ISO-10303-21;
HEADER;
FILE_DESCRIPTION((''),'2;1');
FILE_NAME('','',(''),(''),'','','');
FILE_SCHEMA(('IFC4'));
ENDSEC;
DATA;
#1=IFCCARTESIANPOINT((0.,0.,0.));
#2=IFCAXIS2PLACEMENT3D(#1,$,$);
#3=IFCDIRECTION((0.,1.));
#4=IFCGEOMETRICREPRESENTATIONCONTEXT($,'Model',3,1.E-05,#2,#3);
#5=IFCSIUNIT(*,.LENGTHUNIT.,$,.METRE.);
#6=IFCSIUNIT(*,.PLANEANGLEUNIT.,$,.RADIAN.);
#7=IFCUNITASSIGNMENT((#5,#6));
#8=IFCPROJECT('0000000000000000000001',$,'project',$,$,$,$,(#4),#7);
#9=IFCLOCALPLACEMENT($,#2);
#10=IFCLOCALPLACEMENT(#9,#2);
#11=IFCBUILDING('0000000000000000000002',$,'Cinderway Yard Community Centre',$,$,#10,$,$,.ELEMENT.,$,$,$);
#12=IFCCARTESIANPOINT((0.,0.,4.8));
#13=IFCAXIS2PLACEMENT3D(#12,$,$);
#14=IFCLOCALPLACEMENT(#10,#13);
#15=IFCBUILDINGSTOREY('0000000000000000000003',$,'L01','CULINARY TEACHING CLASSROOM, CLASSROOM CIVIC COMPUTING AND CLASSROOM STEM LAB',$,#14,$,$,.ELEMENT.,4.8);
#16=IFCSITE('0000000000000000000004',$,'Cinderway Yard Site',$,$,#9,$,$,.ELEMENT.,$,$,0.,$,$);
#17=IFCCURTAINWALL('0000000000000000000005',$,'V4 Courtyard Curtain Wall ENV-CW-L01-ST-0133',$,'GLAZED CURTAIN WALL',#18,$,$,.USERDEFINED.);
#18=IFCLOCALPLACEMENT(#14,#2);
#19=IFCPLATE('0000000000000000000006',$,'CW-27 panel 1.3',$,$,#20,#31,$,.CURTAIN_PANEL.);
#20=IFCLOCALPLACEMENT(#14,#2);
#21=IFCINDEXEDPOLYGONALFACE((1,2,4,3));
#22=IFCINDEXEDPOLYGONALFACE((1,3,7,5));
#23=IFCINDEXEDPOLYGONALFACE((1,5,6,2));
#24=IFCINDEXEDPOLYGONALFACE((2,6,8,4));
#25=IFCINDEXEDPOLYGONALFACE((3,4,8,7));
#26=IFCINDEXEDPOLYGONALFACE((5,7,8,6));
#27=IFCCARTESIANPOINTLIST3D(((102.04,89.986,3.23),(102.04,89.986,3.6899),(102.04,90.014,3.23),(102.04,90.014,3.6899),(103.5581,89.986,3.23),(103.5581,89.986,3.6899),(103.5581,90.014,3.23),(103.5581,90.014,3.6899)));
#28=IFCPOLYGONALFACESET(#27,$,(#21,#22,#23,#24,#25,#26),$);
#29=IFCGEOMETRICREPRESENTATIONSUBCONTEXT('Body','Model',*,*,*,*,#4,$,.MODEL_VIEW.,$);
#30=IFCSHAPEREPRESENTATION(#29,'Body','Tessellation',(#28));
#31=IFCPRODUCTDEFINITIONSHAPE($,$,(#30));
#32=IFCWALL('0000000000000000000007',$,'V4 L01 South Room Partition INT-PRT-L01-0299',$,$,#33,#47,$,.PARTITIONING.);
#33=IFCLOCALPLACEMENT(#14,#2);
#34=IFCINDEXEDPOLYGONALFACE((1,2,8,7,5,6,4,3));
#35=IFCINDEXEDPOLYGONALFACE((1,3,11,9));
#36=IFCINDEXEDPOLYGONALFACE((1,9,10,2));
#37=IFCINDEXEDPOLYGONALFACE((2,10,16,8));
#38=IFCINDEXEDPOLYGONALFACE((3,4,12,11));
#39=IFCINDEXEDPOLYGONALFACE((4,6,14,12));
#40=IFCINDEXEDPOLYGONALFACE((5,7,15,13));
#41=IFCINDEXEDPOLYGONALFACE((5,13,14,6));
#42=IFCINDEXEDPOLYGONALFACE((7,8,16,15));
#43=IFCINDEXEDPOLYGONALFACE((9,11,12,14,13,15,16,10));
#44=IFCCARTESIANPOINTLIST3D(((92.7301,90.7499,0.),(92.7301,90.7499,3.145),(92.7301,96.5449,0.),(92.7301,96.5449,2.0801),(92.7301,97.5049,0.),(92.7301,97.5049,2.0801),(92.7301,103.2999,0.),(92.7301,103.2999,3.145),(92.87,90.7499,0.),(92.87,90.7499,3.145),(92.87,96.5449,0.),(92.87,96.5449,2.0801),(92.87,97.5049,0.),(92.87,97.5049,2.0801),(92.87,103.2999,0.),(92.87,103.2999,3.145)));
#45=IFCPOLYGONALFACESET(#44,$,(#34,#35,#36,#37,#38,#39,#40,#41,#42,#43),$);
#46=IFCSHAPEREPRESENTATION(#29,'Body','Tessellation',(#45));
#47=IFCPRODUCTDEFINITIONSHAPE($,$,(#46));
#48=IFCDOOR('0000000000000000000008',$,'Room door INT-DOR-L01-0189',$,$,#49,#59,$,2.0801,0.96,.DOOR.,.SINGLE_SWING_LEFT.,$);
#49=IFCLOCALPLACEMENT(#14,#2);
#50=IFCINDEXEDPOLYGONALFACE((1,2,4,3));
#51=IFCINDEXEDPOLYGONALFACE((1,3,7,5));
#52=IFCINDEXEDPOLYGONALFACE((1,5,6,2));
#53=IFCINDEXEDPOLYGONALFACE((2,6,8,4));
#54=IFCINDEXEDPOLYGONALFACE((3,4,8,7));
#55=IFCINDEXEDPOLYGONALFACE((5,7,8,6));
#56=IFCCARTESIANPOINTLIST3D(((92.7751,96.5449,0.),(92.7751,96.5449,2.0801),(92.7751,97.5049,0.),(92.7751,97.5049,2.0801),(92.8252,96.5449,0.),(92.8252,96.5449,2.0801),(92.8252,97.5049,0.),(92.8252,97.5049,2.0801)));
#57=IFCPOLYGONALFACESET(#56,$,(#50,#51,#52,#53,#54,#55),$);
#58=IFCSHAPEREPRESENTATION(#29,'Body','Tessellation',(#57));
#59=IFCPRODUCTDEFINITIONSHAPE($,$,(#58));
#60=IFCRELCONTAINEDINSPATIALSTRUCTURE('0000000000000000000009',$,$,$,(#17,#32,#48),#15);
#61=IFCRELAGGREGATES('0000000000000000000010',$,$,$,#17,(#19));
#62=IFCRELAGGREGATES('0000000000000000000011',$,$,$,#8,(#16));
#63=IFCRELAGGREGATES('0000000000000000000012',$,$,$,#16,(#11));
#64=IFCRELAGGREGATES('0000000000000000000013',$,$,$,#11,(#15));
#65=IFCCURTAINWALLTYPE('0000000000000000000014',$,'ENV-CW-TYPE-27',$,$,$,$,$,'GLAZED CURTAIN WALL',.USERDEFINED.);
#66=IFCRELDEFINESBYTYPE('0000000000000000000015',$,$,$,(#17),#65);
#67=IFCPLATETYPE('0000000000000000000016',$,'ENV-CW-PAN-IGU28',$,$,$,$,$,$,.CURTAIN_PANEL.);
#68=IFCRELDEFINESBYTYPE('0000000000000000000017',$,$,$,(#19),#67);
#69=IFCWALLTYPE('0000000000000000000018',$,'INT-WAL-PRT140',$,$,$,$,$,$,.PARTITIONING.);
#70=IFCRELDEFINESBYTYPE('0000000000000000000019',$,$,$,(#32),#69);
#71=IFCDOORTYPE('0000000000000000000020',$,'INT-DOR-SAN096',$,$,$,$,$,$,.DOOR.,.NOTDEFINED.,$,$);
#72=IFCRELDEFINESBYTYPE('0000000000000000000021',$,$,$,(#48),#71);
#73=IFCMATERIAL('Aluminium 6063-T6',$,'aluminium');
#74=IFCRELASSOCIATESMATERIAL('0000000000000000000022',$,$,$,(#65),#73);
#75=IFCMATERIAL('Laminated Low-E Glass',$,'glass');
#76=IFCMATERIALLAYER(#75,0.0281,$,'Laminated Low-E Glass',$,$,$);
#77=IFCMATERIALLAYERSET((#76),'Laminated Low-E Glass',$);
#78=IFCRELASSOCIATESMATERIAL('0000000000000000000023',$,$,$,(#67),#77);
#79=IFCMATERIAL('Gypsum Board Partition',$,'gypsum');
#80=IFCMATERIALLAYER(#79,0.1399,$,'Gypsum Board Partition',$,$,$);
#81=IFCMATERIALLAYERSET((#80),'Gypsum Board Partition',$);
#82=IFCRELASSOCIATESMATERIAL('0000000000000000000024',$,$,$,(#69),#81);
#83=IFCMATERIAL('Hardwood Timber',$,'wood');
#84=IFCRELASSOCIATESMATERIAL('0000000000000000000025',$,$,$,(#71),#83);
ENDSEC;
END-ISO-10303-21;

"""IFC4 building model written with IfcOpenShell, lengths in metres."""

from ifc_helpers import new_model, si_unit, direction, frame, frame_2d, origin, origin_2d, place, context, subcontext, project, spatial, rectangle, extrude, material, layer, layer_set, type_object, element, fill, aggregate, save


model = new_model("IFC4")

# Units and contexts
model_context = context("Model", 3, precision=1e-05, world=origin(), true_north=direction((0.0, 1.0)))
body_context = subcontext(model_context, "Body", "Model", "MODEL_VIEW")
ifc_project = project(units=[si_unit("LENGTHUNIT", "METRE"), si_unit("PLANEANGLEUNIT", "RADIAN")], contexts=[model_context])

# Site, building, storey
site_placement = place(None, origin())
site = spatial("IfcSite", under=ifc_project, at=site_placement, Name="Cinderway Yard Site", CompositionType="ELEMENT", RefElevation=0.0)
building_placement = place(site_placement, origin())
building = spatial("IfcBuilding", under=site, at=building_placement, Name="Cinderway Yard Community Centre", CompositionType="ELEMENT")
storey_placement = place(building_placement, frame((0.0, 0.0, 4.8)))
storey = spatial("IfcBuildingStorey", under=building, at=storey_placement, Name="L01", Description="CULINARY TEACHING CLASSROOM, CLASSROOM CIVIC COMPUTING AND CLASSROOM STEM LAB", CompositionType="ELEMENT", Elevation=4.8)

# Curtain wall
ifc_material_1 = material(Name="Aluminium 6063-T6", Category="aluminium")
curtain_wall_type = type_object("IfcCurtainWallType", Name="ENV-CW-TYPE-27", ElementType="GLAZED CURTAIN WALL", PredefinedType="USERDEFINED", material=ifc_material_1)
curtain_wall_placement = place(storey_placement, origin())
curtain_wall = element("IfcCurtainWall", 1, at=curtain_wall_placement, inside=storey, type_object=curtain_wall_type, Name="V4 Courtyard Curtain Wall ENV-CW-L01-ST-0133", ObjectType="GLAZED CURTAIN WALL", PredefinedType="USERDEFINED")

# Plate
ifc_material_2 = material(Name="Laminated Low-E Glass", Category="glass")
ifc_layer_1 = layer(ifc_material_2, 0.0281, Name="Laminated Low-E Glass")
ifc_layer_set_1 = layer_set([ifc_layer_1], Name="Laminated Low-E Glass")
plate_type = type_object("IfcPlateType", Name="ENV-CW-PAN-IGU28", PredefinedType="CURTAIN_PANEL", material=ifc_layer_set_1)
plate_1_placement = place(storey_placement, frame((102.7991, 90.0, 3.23), z_axis=(0.0, 0.0, 1.0), x_axis=(1.0, 0.0, 0.0)))
plate_1 = element("IfcPlate", 2, at=plate_1_placement, type_object=plate_type, Name="CW-27 panel 1.3", PredefinedType="CURTAIN_PANEL", context=body_context, shape_type="SweptSolid", body=[
    extrude(rectangle(XDim=1.5181, YDim=0.0281, at=origin_2d()), origin(), (0.0, 0.0, 1.0), 0.46),
])
aggregate(curtain_wall, [plate_1])

# Wall, opening, door
ifc_material_3 = material(Name="Gypsum Board Partition", Category="gypsum")
ifc_layer_2 = layer(ifc_material_3, 0.1399, Name="Gypsum Board Partition")
ifc_layer_set_2 = layer_set([ifc_layer_2], Name="Gypsum Board Partition")
wall_type = type_object("IfcWallType", Name="INT-WAL-PRT140", PredefinedType="PARTITIONING", material=ifc_layer_set_2)
wall_placement = place(storey_placement, frame((92.8, 90.75, 0.0), z_axis=(0.0, 0.0, 1.0), x_axis=(0.0, 1.0, 0.0)))
wall = element("IfcWall", 3, at=wall_placement, inside=storey, type_object=wall_type, Name="V4 L01 South Room Partition INT-PRT-L01-0299", PredefinedType="PARTITIONING", context=body_context, shape_type="SweptSolid", body=[
    extrude(rectangle(XDim=12.55, YDim=0.1399, at=frame_2d((6.2749, 0.0))), origin(), (0.0, 0.0, 1.0), 3.145),
])
opening_placement = place(wall_placement, frame((5.7949, 0.0, 0.0)))
opening = element("IfcOpeningElement", 4, at=opening_placement, cuts=wall, PredefinedType="OPENING", context=body_context, shape_type="SweptSolid", body=[
    extrude(rectangle(XDim=0.96, YDim=2.0801, at=frame_2d((0.48, 1.04))), frame((0.0, 0.0798, 0.0), z_axis=(0.0, -1.0, 0.0), x_axis=(1.0, 0.0, 0.0)), (0.0, 0.0, 1.0), 0.1599),
])
ifc_material_4 = material(Name="Hardwood Timber", Category="wood")
door_type = type_object("IfcDoorType", Name="INT-DOR-SAN096", OperationType="NOTDEFINED", PredefinedType="DOOR", material=ifc_material_4)
door_placement = place(opening_placement, origin())
door = element("IfcDoor", 5, at=door_placement, inside=storey, type_object=door_type, Name="Room door INT-DOR-L01-0189", OperationType="SINGLE_SWING_LEFT", OverallHeight=2.0801, OverallWidth=0.96, PredefinedType="DOOR", context=body_context, shape_type="SweptSolid", body=[
    extrude(rectangle(XDim=0.96, YDim=2.0801, at=frame_2d((0.48, 1.04))), frame((0.0, 0.0249, 0.0), z_axis=(0.0, -1.0, 0.0), x_axis=(1.0, 0.0, 0.0)), (0.0, 0.0, 1.0), 0.05),
])
fill(opening, door)

save(model, "model.ifc")
